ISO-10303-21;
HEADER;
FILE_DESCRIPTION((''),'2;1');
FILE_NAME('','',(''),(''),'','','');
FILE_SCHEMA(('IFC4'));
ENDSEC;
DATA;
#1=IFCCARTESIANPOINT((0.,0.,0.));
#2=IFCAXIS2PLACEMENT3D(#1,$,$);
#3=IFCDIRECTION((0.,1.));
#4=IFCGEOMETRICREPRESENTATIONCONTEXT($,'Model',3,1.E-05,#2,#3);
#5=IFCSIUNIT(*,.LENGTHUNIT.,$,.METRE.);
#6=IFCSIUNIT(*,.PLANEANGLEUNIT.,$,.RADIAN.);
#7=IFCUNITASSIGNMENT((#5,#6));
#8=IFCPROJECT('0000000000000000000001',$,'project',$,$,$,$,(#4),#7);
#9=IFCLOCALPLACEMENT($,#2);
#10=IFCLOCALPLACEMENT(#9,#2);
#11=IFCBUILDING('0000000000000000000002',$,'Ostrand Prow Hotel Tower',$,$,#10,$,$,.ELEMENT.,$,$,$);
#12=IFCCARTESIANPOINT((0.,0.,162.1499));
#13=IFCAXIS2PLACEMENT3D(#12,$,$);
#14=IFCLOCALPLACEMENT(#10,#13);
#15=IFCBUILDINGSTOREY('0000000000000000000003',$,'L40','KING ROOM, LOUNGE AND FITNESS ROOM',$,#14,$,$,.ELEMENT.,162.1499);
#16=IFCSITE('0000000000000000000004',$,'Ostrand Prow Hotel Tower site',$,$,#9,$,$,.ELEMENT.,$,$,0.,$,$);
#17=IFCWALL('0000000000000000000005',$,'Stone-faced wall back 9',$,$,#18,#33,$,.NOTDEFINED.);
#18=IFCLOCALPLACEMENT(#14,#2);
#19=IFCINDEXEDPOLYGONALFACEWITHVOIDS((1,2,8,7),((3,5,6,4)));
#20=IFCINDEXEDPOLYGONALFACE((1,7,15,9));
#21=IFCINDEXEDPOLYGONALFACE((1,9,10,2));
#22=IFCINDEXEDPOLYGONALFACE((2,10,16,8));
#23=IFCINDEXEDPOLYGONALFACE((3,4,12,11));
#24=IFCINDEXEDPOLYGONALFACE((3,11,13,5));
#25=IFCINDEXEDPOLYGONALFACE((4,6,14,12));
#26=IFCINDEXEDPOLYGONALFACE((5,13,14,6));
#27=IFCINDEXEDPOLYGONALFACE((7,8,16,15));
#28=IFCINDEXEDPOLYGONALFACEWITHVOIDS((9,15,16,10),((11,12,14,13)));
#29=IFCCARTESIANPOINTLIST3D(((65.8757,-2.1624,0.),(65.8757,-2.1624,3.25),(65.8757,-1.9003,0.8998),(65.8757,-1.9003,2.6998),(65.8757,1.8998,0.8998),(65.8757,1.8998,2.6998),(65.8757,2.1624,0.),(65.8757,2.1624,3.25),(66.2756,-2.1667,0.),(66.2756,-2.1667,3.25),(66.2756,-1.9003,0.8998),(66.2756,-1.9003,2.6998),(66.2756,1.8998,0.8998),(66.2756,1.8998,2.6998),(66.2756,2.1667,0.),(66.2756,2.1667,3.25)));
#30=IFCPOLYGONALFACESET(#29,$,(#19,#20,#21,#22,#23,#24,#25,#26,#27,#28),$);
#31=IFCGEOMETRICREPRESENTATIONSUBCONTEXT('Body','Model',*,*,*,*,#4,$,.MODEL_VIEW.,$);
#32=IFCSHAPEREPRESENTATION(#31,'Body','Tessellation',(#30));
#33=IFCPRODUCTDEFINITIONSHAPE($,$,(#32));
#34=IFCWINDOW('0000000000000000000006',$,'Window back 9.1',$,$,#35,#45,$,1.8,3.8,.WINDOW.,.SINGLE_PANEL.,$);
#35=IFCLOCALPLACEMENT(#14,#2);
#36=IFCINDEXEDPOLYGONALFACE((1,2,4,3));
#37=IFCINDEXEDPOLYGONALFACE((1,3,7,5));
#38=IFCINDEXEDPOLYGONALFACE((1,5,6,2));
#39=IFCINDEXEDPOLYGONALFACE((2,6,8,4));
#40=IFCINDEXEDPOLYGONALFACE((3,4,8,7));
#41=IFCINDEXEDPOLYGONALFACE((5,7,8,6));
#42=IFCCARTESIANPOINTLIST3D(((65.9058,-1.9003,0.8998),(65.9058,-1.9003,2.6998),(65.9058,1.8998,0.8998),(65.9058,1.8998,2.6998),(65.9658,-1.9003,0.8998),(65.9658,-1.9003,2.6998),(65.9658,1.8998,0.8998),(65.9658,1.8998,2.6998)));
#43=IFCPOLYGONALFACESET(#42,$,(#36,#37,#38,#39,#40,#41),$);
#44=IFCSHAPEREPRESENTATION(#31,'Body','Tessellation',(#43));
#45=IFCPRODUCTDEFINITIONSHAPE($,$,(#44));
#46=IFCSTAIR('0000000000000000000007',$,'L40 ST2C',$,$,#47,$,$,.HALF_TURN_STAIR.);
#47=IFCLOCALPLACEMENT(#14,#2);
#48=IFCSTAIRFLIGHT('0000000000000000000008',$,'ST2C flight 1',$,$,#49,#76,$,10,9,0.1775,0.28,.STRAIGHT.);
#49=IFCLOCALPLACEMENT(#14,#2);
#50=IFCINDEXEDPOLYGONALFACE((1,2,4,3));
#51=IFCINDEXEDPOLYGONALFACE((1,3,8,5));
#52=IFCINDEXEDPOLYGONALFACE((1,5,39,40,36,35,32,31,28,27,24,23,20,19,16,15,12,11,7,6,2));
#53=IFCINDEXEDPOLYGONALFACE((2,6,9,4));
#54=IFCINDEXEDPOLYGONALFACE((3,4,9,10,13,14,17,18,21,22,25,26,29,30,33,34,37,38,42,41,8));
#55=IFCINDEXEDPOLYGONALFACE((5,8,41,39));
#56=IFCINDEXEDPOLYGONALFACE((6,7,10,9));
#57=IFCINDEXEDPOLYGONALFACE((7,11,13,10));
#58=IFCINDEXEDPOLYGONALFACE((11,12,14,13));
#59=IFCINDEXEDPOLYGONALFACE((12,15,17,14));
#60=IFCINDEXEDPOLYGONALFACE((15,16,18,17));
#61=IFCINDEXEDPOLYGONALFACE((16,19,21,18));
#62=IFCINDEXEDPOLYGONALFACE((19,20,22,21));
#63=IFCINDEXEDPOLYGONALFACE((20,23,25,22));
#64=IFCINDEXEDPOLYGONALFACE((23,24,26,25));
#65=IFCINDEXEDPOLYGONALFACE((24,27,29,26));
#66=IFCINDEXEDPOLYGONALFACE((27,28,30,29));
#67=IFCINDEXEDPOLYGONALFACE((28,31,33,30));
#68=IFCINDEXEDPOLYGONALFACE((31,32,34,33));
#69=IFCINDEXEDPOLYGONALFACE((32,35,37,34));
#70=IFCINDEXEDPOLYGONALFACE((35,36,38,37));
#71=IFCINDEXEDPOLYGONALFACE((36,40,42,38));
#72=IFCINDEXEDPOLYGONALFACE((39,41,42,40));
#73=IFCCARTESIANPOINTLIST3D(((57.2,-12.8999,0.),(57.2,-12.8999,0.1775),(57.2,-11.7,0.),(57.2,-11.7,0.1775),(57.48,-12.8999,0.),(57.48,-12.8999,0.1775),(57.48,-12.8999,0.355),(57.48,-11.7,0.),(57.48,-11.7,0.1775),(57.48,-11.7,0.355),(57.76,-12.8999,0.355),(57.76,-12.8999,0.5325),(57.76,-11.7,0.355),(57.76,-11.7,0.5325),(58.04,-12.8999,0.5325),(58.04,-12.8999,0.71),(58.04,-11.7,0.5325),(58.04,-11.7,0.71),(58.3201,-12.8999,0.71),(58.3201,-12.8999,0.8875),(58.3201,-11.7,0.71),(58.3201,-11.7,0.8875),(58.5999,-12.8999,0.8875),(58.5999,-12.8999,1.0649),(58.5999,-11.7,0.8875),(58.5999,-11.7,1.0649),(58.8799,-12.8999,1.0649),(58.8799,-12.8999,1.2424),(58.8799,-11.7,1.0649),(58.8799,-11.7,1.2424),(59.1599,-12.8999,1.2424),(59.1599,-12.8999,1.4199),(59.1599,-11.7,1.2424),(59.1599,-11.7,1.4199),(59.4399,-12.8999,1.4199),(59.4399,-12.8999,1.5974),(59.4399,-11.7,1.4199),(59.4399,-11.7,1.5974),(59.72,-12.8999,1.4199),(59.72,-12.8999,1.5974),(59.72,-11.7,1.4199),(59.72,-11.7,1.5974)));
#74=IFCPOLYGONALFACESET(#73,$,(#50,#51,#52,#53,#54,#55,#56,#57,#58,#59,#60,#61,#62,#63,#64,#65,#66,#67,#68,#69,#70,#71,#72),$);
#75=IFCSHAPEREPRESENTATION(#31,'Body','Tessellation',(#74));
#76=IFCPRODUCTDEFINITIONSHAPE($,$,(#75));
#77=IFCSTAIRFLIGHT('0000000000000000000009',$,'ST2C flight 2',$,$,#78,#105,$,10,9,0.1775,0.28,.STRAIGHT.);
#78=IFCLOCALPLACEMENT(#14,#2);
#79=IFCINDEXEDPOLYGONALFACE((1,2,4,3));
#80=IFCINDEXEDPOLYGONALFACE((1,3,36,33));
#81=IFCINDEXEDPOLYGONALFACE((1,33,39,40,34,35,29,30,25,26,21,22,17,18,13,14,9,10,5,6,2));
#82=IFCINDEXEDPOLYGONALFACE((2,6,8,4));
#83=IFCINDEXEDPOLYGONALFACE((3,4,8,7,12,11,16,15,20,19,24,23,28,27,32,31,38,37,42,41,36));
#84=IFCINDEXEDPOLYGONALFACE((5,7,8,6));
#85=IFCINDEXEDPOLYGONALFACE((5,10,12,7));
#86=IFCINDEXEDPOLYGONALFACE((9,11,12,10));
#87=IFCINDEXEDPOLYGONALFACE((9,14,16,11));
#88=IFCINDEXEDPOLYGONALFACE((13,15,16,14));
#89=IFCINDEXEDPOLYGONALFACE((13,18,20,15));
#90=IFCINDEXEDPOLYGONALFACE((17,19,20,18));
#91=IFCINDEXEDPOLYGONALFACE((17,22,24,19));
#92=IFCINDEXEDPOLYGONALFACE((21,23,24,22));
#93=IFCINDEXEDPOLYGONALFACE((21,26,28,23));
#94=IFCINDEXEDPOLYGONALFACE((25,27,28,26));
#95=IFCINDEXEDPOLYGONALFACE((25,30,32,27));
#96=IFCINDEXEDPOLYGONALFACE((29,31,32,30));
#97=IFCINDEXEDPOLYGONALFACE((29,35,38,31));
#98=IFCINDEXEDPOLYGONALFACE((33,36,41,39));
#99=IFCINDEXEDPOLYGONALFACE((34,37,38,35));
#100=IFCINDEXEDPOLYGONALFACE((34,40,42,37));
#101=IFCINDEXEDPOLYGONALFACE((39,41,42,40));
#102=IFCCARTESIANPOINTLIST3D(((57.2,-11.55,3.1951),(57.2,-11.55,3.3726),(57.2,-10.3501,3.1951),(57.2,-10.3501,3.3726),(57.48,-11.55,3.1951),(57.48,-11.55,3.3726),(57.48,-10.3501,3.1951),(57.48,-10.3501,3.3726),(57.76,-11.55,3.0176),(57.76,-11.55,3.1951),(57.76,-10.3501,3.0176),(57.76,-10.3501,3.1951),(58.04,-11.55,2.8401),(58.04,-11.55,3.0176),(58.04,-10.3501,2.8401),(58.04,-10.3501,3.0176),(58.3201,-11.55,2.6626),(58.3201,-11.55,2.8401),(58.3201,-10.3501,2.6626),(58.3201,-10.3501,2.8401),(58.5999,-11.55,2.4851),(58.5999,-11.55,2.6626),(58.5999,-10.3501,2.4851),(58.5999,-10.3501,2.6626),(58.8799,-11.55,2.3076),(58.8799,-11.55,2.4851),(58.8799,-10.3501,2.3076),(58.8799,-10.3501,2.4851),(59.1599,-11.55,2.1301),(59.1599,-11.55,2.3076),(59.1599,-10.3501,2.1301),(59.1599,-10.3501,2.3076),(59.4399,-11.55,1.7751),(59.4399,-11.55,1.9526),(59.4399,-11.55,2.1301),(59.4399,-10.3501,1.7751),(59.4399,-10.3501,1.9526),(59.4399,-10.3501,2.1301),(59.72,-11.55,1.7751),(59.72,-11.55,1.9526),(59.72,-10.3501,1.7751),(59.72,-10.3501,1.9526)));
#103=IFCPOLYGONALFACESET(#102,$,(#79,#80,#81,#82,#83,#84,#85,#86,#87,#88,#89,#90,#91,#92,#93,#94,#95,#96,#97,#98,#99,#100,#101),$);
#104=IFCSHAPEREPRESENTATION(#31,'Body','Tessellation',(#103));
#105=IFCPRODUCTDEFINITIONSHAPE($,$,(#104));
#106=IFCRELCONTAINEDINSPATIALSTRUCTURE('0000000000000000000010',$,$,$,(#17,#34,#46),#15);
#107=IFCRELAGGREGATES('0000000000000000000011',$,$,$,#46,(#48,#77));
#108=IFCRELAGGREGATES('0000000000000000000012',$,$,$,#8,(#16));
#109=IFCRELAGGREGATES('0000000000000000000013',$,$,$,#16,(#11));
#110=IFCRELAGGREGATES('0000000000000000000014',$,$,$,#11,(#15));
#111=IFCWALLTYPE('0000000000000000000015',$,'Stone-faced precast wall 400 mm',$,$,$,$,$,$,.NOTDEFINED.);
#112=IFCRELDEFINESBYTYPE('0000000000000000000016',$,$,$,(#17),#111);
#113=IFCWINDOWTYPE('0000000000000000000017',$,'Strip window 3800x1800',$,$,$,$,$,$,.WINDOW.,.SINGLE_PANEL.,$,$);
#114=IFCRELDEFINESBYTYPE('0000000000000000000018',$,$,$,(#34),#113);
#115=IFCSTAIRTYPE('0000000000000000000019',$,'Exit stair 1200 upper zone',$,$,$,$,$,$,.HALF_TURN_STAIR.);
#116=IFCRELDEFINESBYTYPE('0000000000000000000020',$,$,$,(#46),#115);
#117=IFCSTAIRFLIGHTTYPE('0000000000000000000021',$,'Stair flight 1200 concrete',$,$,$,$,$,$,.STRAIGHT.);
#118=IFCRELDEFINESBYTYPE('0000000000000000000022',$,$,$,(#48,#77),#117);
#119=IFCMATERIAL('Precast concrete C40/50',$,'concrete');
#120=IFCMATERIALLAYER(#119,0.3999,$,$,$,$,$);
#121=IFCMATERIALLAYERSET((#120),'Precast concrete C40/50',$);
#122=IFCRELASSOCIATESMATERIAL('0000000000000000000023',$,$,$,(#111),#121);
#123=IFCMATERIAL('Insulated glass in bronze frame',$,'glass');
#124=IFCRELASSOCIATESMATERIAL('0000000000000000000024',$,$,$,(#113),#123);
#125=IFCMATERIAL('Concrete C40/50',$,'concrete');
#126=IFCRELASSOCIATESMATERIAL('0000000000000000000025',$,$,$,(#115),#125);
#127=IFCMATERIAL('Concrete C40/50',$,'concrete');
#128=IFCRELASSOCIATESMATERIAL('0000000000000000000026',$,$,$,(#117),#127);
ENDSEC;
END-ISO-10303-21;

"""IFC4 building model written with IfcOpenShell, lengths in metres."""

from ifc_helpers import new_model, si_unit, direction, frame, frame_2d, origin, place, context, subcontext, project, spatial, polyline, rectangle, outline, extrude, material, layer, layer_set, type_object, element, fill, aggregate, save


model = new_model("IFC4")

# Units and contexts
model_context = context("Model", 3, precision=1e-05, world=origin(), true_north=direction((0.0, 1.0)))
body_context = subcontext(model_context, "Body", "Model", "MODEL_VIEW")
ifc_project = project(units=[si_unit("LENGTHUNIT", "METRE"), si_unit("PLANEANGLEUNIT", "RADIAN")], contexts=[model_context])

# Site, building, storey
site_placement = place(None, origin())
site = spatial("IfcSite", under=ifc_project, at=site_placement, Name="Ostrand Prow Hotel Tower site", CompositionType="ELEMENT", RefElevation=0.0)
building_placement = place(site_placement, origin())
building = spatial("IfcBuilding", under=site, at=building_placement, Name="Ostrand Prow Hotel Tower", CompositionType="ELEMENT")
storey_placement = place(building_placement, frame((0.0, 0.0, 162.1499)))
storey = spatial("IfcBuildingStorey", under=building, at=storey_placement, Name="L40", Description="KING ROOM, LOUNGE AND FITNESS ROOM", CompositionType="ELEMENT", Elevation=162.1499)

# Shared definitions
ifc_material_1 = material(Name="Precast concrete C40/50", Category="concrete")
ifc_layer_1 = layer(ifc_material_1, 0.3999)
ifc_layer_set_1 = layer_set([ifc_layer_1], Name="Precast concrete C40/50")
wall_type_1 = type_object("IfcWallType", Name="Stone-faced precast wall 400 mm", PredefinedType="NOTDEFINED", material=ifc_layer_set_1)

# Wall, opening, window
ifc_material_2 = material(Name="Insulated glass in bronze frame", Category="glass")
window_type = type_object("IfcWindowType", Name="Strip window 3800x1800", PartitioningType="SINGLE_PANEL", PredefinedType="WINDOW", material=ifc_material_2)
wall_1_placement = place(storey_placement, frame((66.0757, -2.1646, 0.0), z_axis=(0.0, 0.0, 1.0), x_axis=(0.0, 1.0, 0.0)))
wall_1 = element("IfcWall", 1, at=wall_1_placement, inside=storey, type_object=wall_type_1, Name="Stone-faced wall back 9", PredefinedType="NOTDEFINED", context=body_context, shape_type="SweptSolid", body=[
    extrude(outline(polyline([(-0.0022, -0.2), (4.3313, -0.2), (4.3269, 0.2), (0.0022, 0.2), (-0.0022, -0.2)])), origin(), (0.0, 0.0, 1.0), 3.25),
])
opening_1_placement = place(wall_1_placement, frame((0.2644, 0.0, 0.8999)))
opening_1 = element("IfcOpeningElement", 2, at=opening_1_placement, cuts=wall_1, PredefinedType="OPENING", context=body_context, shape_type="SweptSolid", body=[
    extrude(rectangle(XDim=3.8, YDim=1.8, at=frame_2d((1.8999, 0.8999))), frame((0.0, 0.21, 0.0), z_axis=(0.0, -1.0, 0.0), x_axis=(1.0, 0.0, 0.0)), (0.0, 0.0, 1.0), 0.4199),
])
window_1_placement = place(opening_1_placement, origin())
window_1 = element("IfcWindow", 3, at=window_1_placement, inside=storey, type_object=window_type, Name="Window back 9.1", OverallHeight=1.8, OverallWidth=3.8, PartitioningType="SINGLE_PANEL", PredefinedType="WINDOW", context=body_context, shape_type="SweptSolid", body=[
    extrude(rectangle(XDim=3.8, YDim=1.8, at=frame_2d((1.8999, 0.8999))), frame((0.0, 0.1699, 0.0), z_axis=(0.0, -1.0, 0.0), x_axis=(1.0, 0.0, 0.0)), (0.0, 0.0, 1.0), 0.0601),
])
fill(opening_1, window_1)

# Stair, stair flights
ifc_material_3 = material(Name="Concrete C40/50", Category="concrete")
stair_type = type_object("IfcStairType", Name="Exit stair 1200 upper zone", PredefinedType="HALF_TURN_STAIR", material=ifc_material_3)
stair_placement = place(storey_placement, origin())
stair = element("IfcStair", 4, at=stair_placement, inside=storey, type_object=stair_type, Name="L40 ST2C", PredefinedType="HALF_TURN_STAIR")
ifc_material_4 = material(Name="Concrete C40/50", Category="concrete")
stair_flight_type = type_object("IfcStairFlightType", Name="Stair flight 1200 concrete", PredefinedType="STRAIGHT", material=ifc_material_4)
stair_flight_1_placement = place(storey_placement, frame((57.2, -12.3, 0.0), z_axis=(0.0, 0.0, 1.0), x_axis=(1.0, 0.0, 0.0)))
stair_flight_1 = element("IfcStairFlight", 5, at=stair_flight_1_placement, type_object=stair_flight_type, Name="ST2C flight 1", NumberOfRisers=10, NumberOfTreads=9, PredefinedType="STRAIGHT", RiserHeight=0.1775, TreadLength=0.28, context=body_context, shape_type="SweptSolid", body=[
    extrude(outline(polyline([(0.0, 0.0), (0.0, 0.1775), (0.28, 0.1775), (0.28, 0.355), (0.5601, 0.355), (0.5601, 0.5325), (0.8401, 0.5325), (0.8401, 0.71), (1.1201, 0.71), (1.1201, 0.8875), (1.3999, 0.8875), (1.3999, 1.0649), (1.6799, 1.0649), (1.6799, 1.2424), (1.96, 1.2424), (1.96, 1.4199), (2.24, 1.4199), (2.24, 1.5974), (2.52, 1.5974), (2.52, 1.7749), (2.52, 1.4199), (0.28, 0.0), (0.0, 0.0)])), frame((0.0, 0.6001, 0.0), z_axis=(0.0, -1.0, 0.0), x_axis=(1.0, 0.0, 0.0)), (0.0, 0.0, 1.0), 1.2),
])
stair_flight_2_placement = place(storey_placement, frame((59.72, -10.95, 1.7751), z_axis=(0.0, 0.0, 1.0), x_axis=(-1.0, 0.0, 0.0)))
stair_flight_2 = element("IfcStairFlight", 6, at=stair_flight_2_placement, type_object=stair_flight_type, Name="ST2C flight 2", NumberOfRisers=10, NumberOfTreads=9, PredefinedType="STRAIGHT", RiserHeight=0.1775, TreadLength=0.28, context=body_context, shape_type="SweptSolid", body=[
    extrude(outline(polyline([(0.0, 0.0), (0.0, 0.1775), (0.28, 0.1775), (0.28, 0.355), (0.5601, 0.355), (0.5601, 0.5325), (0.8401, 0.5325), (0.8401, 0.71), (1.1201, 0.71), (1.1201, 0.8875), (1.3999, 0.8875), (1.3999, 1.0649), (1.6799, 1.0649), (1.6799, 1.2424), (1.96, 1.2424), (1.96, 1.4199), (2.24, 1.4199), (2.24, 1.5974), (2.52, 1.5974), (2.52, 1.7749), (2.52, 1.4199), (0.28, 0.0), (0.0, 0.0)])), frame((0.0, 0.6001, 0.0), z_axis=(0.0, -1.0, 0.0), x_axis=(1.0, 0.0, 0.0)), (0.0, 0.0, 1.0), 1.2),
])
aggregate(stair, [stair_flight_1, stair_flight_2])

save(model, "model.ifc")
